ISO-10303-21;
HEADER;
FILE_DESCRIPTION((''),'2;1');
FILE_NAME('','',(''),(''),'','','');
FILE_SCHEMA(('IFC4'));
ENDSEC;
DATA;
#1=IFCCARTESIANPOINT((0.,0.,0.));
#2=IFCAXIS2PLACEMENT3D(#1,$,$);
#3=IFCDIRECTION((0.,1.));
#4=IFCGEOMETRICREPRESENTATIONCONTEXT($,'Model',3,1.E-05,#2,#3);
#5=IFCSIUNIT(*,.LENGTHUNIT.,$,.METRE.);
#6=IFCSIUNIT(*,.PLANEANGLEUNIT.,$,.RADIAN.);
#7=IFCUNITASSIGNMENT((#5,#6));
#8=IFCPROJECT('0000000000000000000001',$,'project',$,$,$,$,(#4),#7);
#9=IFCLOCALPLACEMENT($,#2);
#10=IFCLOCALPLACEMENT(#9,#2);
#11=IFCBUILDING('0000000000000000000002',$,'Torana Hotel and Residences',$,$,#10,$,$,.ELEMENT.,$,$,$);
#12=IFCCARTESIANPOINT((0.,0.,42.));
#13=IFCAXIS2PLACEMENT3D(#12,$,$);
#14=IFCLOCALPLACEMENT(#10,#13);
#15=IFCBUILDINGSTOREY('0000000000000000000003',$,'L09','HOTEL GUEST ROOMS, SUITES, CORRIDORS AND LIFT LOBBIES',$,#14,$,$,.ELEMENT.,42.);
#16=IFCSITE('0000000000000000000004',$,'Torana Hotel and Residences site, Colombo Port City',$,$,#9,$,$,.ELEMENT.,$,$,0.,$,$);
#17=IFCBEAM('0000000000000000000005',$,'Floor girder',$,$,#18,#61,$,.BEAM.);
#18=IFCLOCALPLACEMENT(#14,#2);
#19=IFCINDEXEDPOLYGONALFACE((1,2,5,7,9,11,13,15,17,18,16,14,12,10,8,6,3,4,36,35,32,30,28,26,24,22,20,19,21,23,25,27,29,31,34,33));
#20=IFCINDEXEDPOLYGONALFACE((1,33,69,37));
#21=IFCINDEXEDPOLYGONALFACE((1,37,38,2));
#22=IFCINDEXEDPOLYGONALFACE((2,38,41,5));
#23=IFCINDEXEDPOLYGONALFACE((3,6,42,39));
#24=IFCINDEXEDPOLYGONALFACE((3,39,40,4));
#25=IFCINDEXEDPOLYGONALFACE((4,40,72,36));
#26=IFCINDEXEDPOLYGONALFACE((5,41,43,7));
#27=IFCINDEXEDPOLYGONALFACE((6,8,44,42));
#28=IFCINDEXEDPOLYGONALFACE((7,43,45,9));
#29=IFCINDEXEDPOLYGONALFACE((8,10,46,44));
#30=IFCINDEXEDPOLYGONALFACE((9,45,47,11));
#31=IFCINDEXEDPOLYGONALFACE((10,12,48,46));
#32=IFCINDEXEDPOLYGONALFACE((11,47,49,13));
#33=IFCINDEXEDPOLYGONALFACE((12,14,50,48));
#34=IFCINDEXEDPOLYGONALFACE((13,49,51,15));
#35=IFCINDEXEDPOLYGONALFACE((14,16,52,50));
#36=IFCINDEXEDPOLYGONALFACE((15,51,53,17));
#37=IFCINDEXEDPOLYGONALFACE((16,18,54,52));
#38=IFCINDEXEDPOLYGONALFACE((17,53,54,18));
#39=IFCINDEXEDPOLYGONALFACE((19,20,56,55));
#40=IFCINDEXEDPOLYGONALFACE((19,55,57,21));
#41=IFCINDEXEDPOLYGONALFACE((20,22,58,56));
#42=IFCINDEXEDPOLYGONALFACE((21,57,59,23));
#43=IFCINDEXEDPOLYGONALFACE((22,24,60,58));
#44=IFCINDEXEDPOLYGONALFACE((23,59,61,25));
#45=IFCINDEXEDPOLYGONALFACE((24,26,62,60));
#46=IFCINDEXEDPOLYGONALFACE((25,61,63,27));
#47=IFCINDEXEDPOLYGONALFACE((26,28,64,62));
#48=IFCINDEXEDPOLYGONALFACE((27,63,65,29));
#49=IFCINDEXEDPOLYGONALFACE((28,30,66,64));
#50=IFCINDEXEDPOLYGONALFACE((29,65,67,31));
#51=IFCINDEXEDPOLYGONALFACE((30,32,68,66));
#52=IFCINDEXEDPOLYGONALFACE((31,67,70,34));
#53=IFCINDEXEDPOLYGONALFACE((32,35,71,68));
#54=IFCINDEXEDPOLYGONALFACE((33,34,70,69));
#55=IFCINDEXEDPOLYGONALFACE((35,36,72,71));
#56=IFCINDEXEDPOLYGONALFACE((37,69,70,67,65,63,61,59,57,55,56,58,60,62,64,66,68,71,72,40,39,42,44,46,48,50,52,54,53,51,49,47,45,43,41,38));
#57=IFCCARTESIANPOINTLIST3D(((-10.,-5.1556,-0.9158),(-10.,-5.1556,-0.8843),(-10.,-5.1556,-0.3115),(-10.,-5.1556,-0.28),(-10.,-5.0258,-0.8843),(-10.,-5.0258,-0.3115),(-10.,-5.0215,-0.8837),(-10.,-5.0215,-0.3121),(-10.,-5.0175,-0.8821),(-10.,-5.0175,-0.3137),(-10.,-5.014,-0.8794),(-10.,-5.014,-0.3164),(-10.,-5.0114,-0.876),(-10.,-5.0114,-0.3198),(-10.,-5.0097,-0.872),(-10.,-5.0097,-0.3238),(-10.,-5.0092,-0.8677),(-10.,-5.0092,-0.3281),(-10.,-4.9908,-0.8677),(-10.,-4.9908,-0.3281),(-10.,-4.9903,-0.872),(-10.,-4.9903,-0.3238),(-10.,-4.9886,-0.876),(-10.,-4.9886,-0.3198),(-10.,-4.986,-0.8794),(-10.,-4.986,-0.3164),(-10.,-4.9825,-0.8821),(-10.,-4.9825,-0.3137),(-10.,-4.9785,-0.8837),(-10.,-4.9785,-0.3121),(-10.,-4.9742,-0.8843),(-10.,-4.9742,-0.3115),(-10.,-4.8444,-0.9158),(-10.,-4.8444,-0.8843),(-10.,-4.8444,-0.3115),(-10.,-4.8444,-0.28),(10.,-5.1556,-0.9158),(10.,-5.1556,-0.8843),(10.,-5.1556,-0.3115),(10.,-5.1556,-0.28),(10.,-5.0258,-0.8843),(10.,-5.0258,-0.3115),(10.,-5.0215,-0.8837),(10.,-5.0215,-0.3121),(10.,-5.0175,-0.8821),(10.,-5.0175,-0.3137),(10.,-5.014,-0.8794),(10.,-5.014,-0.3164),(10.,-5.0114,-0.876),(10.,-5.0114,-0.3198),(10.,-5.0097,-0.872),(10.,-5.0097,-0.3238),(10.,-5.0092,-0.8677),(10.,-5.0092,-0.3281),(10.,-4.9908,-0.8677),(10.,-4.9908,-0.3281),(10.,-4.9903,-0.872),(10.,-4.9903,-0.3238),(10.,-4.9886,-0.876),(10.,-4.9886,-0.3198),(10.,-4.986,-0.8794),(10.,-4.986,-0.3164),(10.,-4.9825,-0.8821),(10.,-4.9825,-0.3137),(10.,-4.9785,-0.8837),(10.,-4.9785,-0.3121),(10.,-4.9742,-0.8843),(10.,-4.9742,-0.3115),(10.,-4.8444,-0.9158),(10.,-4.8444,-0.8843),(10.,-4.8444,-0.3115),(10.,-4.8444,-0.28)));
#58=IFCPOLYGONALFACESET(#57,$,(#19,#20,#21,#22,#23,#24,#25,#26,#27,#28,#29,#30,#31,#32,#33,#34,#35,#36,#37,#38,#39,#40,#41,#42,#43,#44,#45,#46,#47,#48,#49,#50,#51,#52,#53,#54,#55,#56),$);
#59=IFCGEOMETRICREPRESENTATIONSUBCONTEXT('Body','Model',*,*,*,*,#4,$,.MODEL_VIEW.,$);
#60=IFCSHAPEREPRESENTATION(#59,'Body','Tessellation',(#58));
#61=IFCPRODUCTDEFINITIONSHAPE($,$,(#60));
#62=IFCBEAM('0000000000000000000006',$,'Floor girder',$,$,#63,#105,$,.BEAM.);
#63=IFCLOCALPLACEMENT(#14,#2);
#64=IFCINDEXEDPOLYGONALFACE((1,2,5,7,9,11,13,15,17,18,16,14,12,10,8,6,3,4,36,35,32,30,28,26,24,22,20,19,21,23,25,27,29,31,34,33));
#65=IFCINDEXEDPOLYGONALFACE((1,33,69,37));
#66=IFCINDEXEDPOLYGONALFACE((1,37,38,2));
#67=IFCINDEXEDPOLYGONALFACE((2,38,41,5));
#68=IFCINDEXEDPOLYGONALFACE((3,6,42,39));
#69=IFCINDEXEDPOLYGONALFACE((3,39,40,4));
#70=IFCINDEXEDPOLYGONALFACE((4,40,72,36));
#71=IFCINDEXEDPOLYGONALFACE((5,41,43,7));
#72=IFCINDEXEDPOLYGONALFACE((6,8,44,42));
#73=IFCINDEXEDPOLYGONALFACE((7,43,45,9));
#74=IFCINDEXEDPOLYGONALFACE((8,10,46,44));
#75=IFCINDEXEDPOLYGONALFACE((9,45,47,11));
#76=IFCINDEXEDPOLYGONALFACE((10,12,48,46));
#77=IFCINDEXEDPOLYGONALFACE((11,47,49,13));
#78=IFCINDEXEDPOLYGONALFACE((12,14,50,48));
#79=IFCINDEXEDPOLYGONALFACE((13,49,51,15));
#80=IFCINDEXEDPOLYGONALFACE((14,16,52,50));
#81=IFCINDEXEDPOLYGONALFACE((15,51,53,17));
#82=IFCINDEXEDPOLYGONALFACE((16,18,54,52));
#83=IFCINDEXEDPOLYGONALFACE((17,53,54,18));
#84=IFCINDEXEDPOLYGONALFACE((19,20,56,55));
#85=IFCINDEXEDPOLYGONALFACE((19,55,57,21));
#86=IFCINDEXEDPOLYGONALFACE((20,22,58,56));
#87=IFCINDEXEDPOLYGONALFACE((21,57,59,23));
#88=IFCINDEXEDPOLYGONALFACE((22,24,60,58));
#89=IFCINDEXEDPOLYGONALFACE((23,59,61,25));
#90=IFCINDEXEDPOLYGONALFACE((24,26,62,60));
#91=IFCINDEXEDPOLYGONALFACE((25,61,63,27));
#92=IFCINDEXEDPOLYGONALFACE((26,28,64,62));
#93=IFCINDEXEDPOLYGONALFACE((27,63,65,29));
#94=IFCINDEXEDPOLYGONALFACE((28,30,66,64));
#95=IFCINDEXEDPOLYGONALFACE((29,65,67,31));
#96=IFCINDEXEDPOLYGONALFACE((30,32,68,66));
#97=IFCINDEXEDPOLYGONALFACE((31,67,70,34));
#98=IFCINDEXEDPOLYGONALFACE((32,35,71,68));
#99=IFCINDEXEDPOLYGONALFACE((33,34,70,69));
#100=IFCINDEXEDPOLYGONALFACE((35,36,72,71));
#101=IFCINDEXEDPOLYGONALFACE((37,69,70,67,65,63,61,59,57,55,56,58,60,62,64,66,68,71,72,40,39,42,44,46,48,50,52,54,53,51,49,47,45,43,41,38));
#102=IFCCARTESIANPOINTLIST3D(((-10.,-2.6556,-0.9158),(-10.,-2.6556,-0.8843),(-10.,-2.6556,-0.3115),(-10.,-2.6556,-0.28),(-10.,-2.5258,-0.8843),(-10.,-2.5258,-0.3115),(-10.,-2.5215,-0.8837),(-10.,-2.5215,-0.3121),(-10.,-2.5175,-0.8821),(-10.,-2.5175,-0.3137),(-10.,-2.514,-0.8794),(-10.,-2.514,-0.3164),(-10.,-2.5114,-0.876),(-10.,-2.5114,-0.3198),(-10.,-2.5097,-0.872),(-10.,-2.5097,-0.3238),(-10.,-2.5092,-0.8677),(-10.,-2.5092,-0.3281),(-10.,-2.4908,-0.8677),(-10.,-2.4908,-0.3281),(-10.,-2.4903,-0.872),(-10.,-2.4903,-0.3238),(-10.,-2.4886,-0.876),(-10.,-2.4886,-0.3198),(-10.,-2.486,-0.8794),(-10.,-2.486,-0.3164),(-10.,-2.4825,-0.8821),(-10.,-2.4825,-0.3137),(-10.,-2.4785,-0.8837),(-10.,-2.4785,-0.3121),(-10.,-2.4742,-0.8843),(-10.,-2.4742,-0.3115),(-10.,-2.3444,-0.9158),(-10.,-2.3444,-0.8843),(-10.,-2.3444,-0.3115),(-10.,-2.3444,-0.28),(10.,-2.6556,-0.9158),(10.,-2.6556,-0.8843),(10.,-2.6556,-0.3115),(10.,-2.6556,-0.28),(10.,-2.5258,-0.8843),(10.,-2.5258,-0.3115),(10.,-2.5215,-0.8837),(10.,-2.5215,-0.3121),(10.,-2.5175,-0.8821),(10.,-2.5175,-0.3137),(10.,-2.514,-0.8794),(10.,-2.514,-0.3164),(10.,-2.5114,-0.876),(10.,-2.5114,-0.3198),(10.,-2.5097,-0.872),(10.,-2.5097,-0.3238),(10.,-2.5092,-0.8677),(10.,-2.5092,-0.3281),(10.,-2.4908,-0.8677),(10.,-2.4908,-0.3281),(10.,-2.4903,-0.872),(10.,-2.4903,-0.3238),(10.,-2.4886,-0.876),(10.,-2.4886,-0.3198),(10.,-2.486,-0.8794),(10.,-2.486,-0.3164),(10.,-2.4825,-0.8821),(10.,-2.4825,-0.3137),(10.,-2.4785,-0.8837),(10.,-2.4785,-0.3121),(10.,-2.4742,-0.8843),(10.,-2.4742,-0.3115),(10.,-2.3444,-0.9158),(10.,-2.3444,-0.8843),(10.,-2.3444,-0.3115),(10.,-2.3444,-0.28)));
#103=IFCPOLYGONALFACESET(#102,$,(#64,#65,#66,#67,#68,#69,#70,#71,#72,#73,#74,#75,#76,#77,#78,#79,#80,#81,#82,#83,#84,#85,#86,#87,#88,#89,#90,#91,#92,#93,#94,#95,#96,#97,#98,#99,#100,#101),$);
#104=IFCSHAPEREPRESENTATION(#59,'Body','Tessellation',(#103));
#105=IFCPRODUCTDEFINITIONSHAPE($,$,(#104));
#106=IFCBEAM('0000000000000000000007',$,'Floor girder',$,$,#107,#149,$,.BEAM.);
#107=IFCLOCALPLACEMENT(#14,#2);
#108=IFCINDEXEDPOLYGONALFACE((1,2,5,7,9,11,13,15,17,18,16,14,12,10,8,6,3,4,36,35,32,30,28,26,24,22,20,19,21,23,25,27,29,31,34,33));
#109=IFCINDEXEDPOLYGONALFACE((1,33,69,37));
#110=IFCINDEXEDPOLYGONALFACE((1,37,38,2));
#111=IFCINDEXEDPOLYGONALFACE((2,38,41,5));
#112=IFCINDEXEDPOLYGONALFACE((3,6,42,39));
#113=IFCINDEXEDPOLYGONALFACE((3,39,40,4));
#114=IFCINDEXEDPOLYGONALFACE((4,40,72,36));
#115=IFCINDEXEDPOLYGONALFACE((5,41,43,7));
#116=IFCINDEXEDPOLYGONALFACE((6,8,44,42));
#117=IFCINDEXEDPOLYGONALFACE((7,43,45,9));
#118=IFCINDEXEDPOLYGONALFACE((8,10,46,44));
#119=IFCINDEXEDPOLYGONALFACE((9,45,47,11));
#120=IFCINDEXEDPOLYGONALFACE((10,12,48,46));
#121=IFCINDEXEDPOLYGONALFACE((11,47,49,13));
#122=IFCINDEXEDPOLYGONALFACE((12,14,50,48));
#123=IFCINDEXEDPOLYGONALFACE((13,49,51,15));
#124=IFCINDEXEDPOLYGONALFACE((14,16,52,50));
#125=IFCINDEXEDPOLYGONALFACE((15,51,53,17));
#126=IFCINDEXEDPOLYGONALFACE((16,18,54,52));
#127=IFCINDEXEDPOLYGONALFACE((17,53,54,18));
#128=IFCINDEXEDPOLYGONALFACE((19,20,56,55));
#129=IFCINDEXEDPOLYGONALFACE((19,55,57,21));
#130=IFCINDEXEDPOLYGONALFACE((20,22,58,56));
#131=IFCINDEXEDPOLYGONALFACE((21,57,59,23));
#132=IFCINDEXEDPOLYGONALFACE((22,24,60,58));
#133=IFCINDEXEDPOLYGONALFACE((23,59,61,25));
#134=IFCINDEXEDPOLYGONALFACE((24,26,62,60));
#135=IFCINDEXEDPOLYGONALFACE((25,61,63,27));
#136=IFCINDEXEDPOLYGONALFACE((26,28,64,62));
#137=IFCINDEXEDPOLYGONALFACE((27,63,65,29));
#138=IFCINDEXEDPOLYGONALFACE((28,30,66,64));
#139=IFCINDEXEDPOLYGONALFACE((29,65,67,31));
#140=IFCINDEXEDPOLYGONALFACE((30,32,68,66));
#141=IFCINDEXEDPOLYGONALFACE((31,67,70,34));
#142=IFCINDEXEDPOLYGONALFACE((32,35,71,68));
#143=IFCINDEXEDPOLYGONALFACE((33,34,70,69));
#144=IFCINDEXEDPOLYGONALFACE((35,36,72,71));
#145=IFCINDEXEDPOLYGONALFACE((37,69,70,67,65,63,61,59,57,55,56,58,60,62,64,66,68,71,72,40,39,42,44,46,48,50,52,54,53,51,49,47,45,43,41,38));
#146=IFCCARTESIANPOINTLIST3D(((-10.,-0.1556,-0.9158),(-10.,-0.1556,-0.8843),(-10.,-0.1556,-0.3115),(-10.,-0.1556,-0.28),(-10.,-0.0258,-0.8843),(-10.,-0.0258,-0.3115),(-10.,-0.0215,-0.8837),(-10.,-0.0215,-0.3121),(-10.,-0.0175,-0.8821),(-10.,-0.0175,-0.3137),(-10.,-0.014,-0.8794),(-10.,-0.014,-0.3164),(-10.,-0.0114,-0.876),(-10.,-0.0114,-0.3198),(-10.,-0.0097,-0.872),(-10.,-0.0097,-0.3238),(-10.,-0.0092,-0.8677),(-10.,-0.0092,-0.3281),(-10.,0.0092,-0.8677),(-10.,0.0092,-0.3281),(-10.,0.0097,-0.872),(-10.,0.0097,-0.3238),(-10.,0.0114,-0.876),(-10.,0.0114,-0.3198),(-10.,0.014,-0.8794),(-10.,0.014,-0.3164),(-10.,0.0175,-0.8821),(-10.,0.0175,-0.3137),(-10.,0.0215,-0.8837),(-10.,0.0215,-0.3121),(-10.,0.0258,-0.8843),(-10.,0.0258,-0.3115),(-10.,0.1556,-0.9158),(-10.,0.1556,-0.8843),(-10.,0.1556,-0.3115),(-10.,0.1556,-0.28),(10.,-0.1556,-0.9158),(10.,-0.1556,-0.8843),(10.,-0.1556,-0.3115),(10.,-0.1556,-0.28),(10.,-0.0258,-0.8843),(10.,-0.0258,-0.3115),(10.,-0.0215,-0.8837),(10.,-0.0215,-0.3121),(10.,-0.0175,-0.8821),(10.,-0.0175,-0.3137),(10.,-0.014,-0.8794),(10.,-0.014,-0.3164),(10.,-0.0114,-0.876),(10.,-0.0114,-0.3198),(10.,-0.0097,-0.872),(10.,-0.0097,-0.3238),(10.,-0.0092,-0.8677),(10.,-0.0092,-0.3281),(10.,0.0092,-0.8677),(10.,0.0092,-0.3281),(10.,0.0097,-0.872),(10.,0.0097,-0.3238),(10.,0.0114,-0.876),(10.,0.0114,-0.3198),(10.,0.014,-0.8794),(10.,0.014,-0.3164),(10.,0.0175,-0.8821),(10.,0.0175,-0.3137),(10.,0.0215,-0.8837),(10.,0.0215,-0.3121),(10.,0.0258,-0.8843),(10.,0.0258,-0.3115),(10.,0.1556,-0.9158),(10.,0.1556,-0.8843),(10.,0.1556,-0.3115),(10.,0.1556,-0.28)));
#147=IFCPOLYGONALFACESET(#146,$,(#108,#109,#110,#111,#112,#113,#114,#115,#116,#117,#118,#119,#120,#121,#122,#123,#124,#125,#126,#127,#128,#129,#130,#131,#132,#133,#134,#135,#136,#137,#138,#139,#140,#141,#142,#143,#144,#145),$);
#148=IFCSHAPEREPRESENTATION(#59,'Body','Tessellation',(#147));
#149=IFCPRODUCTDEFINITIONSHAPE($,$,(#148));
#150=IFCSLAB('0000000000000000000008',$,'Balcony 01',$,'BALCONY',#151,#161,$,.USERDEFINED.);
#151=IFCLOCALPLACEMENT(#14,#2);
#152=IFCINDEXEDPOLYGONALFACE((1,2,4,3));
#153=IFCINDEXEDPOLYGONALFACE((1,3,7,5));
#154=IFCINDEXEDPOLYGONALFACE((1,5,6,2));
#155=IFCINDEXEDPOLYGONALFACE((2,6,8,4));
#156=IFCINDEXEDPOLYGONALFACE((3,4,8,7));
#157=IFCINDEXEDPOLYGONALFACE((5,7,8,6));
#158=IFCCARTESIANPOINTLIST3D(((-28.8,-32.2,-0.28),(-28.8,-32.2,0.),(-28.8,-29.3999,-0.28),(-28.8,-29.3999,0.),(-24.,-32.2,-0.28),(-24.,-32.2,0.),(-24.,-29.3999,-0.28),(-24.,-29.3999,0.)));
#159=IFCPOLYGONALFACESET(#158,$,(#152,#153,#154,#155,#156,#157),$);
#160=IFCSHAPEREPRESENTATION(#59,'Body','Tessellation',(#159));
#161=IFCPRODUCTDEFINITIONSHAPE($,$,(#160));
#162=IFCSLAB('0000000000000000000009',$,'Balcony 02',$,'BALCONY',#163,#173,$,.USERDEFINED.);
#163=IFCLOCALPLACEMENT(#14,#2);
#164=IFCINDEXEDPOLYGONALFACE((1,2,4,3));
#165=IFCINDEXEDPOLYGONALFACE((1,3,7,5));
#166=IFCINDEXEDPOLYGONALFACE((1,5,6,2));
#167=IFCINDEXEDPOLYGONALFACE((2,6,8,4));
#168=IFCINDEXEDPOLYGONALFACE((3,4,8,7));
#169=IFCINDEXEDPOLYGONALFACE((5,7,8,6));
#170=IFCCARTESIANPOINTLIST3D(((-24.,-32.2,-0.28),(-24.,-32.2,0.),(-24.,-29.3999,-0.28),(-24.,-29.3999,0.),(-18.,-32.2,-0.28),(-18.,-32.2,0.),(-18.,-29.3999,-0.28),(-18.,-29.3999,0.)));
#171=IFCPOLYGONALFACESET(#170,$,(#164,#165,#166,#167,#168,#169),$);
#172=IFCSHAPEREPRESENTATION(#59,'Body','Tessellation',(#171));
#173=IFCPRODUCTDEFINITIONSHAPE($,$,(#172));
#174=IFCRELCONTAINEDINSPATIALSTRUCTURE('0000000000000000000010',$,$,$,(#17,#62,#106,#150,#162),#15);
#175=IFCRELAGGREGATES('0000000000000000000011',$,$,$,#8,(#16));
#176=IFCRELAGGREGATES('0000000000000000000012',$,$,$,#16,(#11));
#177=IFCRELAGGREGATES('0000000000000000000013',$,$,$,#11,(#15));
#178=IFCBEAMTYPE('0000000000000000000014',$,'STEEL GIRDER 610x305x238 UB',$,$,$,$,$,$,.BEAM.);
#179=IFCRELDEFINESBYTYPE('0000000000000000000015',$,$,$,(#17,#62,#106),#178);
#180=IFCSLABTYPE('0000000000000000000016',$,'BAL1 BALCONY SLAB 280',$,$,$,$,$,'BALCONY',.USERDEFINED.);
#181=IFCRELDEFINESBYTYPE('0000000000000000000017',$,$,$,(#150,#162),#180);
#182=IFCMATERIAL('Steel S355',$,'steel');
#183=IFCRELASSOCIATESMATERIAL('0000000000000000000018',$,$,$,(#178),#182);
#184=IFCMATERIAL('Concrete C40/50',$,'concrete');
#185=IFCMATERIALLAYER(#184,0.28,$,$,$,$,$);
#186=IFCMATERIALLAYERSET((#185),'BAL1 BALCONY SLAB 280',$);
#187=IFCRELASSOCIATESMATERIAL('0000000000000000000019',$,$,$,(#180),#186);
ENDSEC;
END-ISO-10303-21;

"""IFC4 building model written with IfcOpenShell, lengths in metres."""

from ifc_helpers import new_model, si_unit, direction, frame, origin, origin_2d, place, context, subcontext, project, spatial, polyline, i_section, outline, extrude, material, layer, layer_set, material_profile, profile_set, type_object, element, save


model = new_model("IFC4")

# Units and contexts
model_context = context("Model", 3, precision=1e-05, world=origin(), true_north=direction((0.0, 1.0)))
body_context = subcontext(model_context, "Body", "Model", "MODEL_VIEW")
ifc_project = project(units=[si_unit("LENGTHUNIT", "METRE"), si_unit("PLANEANGLEUNIT", "RADIAN")], contexts=[model_context])

# Site, building, storey
site_placement = place(None, origin())
site = spatial("IfcSite", under=ifc_project, at=site_placement, Name="Torana Hotel and Residences site, Colombo Port City", CompositionType="ELEMENT", RefElevation=0.0)
building_placement = place(site_placement, origin())
building = spatial("IfcBuilding", under=site, at=building_placement, Name="Torana Hotel and Residences", CompositionType="ELEMENT")
storey_placement = place(building_placement, frame((0.0, 0.0, 42.0)))
storey = spatial("IfcBuildingStorey", under=building, at=storey_placement, Name="L09", Description="HOTEL GUEST ROOMS, SUITES, CORRIDORS AND LIFT LOBBIES", CompositionType="ELEMENT", Elevation=42.0)

# Beams
ifc_material_1 = material(Name="Steel S355", Category="steel")
ifc_material_profile = material_profile(ifc_material_1, i_section(OverallWidth=0.3113, OverallDepth=0.6357, WebThickness=0.0183, FlangeThickness=0.0315, FilletRadius=0.0166, at=origin_2d()), Name="610x305x238 UB")
ifc_profile_set = profile_set([ifc_material_profile], Name="Steel S355")
beam_type = type_object("IfcBeamType", Name="STEEL GIRDER 610x305x238 UB", PredefinedType="BEAM", material=ifc_profile_set)
for number, where, z_axis, x_axis, name in (
    (1, (-10.0, -5.0, -0.5979), (1.0, 0.0, 0.0), (0.0, 1.0, 0.0), "Floor girder"),
    (2, (-10.0, -2.5, -0.5979), (1.0, 0.0, 0.0), (0.0, 1.0, 0.0), "Floor girder"),
    (3, (-10.0, 0.0, -0.5979), (1.0, 0.0, 0.0), (0.0, 1.0, 0.0), "Floor girder"),
):
    element("IfcBeam", number, at=place(storey_placement, frame(where, z_axis=z_axis, x_axis=x_axis)), inside=storey, type_object=beam_type, Name=name, PredefinedType="BEAM", context=body_context, shape_type="SweptSolid", body=[
        extrude(i_section(OverallWidth=0.3113, OverallDepth=0.6357, WebThickness=0.0183, FlangeThickness=0.0315, FilletRadius=0.0166, at=origin_2d()), origin(), (0.0, 0.0, 1.0), 20.0),
    ])

# Slabs
ifc_material_2 = material(Name="Concrete C40/50", Category="concrete")
ifc_layer_1 = layer(ifc_material_2, 0.28)
ifc_layer_set_1 = layer_set([ifc_layer_1], Name="BAL1 BALCONY SLAB 280")
slab_type_1 = type_object("IfcSlabType", Name="BAL1 BALCONY SLAB 280", ElementType="BALCONY", PredefinedType="USERDEFINED", material=ifc_layer_set_1)
slab_1_placement = place(storey_placement, frame((0.0, 0.0, -0.28)))
element("IfcSlab", 4, at=slab_1_placement, inside=storey, type_object=slab_type_1, Name="Balcony 01", ObjectType="BALCONY", PredefinedType="USERDEFINED", context=body_context, shape_type="SweptSolid", body=[
    extrude(outline(polyline([(-28.8, -32.2), (-24.0, -32.2), (-24.0, -29.3999), (-28.8, -29.3999), (-28.8, -32.2)])), origin(), (0.0, 0.0, 1.0), 0.28),
])
slab_2_placement = place(storey_placement, frame((0.0, 0.0, -0.28)))
element("IfcSlab", 5, at=slab_2_placement, inside=storey, type_object=slab_type_1, Name="Balcony 02", ObjectType="BALCONY", PredefinedType="USERDEFINED", context=body_context, shape_type="SweptSolid", body=[
    extrude(outline(polyline([(-24.0, -32.2), (-18.0, -32.2), (-18.0, -29.3999), (-24.0, -29.3999), (-24.0, -32.2)])), origin(), (0.0, 0.0, 1.0), 0.28),
])

save(model, "model.ifc")
